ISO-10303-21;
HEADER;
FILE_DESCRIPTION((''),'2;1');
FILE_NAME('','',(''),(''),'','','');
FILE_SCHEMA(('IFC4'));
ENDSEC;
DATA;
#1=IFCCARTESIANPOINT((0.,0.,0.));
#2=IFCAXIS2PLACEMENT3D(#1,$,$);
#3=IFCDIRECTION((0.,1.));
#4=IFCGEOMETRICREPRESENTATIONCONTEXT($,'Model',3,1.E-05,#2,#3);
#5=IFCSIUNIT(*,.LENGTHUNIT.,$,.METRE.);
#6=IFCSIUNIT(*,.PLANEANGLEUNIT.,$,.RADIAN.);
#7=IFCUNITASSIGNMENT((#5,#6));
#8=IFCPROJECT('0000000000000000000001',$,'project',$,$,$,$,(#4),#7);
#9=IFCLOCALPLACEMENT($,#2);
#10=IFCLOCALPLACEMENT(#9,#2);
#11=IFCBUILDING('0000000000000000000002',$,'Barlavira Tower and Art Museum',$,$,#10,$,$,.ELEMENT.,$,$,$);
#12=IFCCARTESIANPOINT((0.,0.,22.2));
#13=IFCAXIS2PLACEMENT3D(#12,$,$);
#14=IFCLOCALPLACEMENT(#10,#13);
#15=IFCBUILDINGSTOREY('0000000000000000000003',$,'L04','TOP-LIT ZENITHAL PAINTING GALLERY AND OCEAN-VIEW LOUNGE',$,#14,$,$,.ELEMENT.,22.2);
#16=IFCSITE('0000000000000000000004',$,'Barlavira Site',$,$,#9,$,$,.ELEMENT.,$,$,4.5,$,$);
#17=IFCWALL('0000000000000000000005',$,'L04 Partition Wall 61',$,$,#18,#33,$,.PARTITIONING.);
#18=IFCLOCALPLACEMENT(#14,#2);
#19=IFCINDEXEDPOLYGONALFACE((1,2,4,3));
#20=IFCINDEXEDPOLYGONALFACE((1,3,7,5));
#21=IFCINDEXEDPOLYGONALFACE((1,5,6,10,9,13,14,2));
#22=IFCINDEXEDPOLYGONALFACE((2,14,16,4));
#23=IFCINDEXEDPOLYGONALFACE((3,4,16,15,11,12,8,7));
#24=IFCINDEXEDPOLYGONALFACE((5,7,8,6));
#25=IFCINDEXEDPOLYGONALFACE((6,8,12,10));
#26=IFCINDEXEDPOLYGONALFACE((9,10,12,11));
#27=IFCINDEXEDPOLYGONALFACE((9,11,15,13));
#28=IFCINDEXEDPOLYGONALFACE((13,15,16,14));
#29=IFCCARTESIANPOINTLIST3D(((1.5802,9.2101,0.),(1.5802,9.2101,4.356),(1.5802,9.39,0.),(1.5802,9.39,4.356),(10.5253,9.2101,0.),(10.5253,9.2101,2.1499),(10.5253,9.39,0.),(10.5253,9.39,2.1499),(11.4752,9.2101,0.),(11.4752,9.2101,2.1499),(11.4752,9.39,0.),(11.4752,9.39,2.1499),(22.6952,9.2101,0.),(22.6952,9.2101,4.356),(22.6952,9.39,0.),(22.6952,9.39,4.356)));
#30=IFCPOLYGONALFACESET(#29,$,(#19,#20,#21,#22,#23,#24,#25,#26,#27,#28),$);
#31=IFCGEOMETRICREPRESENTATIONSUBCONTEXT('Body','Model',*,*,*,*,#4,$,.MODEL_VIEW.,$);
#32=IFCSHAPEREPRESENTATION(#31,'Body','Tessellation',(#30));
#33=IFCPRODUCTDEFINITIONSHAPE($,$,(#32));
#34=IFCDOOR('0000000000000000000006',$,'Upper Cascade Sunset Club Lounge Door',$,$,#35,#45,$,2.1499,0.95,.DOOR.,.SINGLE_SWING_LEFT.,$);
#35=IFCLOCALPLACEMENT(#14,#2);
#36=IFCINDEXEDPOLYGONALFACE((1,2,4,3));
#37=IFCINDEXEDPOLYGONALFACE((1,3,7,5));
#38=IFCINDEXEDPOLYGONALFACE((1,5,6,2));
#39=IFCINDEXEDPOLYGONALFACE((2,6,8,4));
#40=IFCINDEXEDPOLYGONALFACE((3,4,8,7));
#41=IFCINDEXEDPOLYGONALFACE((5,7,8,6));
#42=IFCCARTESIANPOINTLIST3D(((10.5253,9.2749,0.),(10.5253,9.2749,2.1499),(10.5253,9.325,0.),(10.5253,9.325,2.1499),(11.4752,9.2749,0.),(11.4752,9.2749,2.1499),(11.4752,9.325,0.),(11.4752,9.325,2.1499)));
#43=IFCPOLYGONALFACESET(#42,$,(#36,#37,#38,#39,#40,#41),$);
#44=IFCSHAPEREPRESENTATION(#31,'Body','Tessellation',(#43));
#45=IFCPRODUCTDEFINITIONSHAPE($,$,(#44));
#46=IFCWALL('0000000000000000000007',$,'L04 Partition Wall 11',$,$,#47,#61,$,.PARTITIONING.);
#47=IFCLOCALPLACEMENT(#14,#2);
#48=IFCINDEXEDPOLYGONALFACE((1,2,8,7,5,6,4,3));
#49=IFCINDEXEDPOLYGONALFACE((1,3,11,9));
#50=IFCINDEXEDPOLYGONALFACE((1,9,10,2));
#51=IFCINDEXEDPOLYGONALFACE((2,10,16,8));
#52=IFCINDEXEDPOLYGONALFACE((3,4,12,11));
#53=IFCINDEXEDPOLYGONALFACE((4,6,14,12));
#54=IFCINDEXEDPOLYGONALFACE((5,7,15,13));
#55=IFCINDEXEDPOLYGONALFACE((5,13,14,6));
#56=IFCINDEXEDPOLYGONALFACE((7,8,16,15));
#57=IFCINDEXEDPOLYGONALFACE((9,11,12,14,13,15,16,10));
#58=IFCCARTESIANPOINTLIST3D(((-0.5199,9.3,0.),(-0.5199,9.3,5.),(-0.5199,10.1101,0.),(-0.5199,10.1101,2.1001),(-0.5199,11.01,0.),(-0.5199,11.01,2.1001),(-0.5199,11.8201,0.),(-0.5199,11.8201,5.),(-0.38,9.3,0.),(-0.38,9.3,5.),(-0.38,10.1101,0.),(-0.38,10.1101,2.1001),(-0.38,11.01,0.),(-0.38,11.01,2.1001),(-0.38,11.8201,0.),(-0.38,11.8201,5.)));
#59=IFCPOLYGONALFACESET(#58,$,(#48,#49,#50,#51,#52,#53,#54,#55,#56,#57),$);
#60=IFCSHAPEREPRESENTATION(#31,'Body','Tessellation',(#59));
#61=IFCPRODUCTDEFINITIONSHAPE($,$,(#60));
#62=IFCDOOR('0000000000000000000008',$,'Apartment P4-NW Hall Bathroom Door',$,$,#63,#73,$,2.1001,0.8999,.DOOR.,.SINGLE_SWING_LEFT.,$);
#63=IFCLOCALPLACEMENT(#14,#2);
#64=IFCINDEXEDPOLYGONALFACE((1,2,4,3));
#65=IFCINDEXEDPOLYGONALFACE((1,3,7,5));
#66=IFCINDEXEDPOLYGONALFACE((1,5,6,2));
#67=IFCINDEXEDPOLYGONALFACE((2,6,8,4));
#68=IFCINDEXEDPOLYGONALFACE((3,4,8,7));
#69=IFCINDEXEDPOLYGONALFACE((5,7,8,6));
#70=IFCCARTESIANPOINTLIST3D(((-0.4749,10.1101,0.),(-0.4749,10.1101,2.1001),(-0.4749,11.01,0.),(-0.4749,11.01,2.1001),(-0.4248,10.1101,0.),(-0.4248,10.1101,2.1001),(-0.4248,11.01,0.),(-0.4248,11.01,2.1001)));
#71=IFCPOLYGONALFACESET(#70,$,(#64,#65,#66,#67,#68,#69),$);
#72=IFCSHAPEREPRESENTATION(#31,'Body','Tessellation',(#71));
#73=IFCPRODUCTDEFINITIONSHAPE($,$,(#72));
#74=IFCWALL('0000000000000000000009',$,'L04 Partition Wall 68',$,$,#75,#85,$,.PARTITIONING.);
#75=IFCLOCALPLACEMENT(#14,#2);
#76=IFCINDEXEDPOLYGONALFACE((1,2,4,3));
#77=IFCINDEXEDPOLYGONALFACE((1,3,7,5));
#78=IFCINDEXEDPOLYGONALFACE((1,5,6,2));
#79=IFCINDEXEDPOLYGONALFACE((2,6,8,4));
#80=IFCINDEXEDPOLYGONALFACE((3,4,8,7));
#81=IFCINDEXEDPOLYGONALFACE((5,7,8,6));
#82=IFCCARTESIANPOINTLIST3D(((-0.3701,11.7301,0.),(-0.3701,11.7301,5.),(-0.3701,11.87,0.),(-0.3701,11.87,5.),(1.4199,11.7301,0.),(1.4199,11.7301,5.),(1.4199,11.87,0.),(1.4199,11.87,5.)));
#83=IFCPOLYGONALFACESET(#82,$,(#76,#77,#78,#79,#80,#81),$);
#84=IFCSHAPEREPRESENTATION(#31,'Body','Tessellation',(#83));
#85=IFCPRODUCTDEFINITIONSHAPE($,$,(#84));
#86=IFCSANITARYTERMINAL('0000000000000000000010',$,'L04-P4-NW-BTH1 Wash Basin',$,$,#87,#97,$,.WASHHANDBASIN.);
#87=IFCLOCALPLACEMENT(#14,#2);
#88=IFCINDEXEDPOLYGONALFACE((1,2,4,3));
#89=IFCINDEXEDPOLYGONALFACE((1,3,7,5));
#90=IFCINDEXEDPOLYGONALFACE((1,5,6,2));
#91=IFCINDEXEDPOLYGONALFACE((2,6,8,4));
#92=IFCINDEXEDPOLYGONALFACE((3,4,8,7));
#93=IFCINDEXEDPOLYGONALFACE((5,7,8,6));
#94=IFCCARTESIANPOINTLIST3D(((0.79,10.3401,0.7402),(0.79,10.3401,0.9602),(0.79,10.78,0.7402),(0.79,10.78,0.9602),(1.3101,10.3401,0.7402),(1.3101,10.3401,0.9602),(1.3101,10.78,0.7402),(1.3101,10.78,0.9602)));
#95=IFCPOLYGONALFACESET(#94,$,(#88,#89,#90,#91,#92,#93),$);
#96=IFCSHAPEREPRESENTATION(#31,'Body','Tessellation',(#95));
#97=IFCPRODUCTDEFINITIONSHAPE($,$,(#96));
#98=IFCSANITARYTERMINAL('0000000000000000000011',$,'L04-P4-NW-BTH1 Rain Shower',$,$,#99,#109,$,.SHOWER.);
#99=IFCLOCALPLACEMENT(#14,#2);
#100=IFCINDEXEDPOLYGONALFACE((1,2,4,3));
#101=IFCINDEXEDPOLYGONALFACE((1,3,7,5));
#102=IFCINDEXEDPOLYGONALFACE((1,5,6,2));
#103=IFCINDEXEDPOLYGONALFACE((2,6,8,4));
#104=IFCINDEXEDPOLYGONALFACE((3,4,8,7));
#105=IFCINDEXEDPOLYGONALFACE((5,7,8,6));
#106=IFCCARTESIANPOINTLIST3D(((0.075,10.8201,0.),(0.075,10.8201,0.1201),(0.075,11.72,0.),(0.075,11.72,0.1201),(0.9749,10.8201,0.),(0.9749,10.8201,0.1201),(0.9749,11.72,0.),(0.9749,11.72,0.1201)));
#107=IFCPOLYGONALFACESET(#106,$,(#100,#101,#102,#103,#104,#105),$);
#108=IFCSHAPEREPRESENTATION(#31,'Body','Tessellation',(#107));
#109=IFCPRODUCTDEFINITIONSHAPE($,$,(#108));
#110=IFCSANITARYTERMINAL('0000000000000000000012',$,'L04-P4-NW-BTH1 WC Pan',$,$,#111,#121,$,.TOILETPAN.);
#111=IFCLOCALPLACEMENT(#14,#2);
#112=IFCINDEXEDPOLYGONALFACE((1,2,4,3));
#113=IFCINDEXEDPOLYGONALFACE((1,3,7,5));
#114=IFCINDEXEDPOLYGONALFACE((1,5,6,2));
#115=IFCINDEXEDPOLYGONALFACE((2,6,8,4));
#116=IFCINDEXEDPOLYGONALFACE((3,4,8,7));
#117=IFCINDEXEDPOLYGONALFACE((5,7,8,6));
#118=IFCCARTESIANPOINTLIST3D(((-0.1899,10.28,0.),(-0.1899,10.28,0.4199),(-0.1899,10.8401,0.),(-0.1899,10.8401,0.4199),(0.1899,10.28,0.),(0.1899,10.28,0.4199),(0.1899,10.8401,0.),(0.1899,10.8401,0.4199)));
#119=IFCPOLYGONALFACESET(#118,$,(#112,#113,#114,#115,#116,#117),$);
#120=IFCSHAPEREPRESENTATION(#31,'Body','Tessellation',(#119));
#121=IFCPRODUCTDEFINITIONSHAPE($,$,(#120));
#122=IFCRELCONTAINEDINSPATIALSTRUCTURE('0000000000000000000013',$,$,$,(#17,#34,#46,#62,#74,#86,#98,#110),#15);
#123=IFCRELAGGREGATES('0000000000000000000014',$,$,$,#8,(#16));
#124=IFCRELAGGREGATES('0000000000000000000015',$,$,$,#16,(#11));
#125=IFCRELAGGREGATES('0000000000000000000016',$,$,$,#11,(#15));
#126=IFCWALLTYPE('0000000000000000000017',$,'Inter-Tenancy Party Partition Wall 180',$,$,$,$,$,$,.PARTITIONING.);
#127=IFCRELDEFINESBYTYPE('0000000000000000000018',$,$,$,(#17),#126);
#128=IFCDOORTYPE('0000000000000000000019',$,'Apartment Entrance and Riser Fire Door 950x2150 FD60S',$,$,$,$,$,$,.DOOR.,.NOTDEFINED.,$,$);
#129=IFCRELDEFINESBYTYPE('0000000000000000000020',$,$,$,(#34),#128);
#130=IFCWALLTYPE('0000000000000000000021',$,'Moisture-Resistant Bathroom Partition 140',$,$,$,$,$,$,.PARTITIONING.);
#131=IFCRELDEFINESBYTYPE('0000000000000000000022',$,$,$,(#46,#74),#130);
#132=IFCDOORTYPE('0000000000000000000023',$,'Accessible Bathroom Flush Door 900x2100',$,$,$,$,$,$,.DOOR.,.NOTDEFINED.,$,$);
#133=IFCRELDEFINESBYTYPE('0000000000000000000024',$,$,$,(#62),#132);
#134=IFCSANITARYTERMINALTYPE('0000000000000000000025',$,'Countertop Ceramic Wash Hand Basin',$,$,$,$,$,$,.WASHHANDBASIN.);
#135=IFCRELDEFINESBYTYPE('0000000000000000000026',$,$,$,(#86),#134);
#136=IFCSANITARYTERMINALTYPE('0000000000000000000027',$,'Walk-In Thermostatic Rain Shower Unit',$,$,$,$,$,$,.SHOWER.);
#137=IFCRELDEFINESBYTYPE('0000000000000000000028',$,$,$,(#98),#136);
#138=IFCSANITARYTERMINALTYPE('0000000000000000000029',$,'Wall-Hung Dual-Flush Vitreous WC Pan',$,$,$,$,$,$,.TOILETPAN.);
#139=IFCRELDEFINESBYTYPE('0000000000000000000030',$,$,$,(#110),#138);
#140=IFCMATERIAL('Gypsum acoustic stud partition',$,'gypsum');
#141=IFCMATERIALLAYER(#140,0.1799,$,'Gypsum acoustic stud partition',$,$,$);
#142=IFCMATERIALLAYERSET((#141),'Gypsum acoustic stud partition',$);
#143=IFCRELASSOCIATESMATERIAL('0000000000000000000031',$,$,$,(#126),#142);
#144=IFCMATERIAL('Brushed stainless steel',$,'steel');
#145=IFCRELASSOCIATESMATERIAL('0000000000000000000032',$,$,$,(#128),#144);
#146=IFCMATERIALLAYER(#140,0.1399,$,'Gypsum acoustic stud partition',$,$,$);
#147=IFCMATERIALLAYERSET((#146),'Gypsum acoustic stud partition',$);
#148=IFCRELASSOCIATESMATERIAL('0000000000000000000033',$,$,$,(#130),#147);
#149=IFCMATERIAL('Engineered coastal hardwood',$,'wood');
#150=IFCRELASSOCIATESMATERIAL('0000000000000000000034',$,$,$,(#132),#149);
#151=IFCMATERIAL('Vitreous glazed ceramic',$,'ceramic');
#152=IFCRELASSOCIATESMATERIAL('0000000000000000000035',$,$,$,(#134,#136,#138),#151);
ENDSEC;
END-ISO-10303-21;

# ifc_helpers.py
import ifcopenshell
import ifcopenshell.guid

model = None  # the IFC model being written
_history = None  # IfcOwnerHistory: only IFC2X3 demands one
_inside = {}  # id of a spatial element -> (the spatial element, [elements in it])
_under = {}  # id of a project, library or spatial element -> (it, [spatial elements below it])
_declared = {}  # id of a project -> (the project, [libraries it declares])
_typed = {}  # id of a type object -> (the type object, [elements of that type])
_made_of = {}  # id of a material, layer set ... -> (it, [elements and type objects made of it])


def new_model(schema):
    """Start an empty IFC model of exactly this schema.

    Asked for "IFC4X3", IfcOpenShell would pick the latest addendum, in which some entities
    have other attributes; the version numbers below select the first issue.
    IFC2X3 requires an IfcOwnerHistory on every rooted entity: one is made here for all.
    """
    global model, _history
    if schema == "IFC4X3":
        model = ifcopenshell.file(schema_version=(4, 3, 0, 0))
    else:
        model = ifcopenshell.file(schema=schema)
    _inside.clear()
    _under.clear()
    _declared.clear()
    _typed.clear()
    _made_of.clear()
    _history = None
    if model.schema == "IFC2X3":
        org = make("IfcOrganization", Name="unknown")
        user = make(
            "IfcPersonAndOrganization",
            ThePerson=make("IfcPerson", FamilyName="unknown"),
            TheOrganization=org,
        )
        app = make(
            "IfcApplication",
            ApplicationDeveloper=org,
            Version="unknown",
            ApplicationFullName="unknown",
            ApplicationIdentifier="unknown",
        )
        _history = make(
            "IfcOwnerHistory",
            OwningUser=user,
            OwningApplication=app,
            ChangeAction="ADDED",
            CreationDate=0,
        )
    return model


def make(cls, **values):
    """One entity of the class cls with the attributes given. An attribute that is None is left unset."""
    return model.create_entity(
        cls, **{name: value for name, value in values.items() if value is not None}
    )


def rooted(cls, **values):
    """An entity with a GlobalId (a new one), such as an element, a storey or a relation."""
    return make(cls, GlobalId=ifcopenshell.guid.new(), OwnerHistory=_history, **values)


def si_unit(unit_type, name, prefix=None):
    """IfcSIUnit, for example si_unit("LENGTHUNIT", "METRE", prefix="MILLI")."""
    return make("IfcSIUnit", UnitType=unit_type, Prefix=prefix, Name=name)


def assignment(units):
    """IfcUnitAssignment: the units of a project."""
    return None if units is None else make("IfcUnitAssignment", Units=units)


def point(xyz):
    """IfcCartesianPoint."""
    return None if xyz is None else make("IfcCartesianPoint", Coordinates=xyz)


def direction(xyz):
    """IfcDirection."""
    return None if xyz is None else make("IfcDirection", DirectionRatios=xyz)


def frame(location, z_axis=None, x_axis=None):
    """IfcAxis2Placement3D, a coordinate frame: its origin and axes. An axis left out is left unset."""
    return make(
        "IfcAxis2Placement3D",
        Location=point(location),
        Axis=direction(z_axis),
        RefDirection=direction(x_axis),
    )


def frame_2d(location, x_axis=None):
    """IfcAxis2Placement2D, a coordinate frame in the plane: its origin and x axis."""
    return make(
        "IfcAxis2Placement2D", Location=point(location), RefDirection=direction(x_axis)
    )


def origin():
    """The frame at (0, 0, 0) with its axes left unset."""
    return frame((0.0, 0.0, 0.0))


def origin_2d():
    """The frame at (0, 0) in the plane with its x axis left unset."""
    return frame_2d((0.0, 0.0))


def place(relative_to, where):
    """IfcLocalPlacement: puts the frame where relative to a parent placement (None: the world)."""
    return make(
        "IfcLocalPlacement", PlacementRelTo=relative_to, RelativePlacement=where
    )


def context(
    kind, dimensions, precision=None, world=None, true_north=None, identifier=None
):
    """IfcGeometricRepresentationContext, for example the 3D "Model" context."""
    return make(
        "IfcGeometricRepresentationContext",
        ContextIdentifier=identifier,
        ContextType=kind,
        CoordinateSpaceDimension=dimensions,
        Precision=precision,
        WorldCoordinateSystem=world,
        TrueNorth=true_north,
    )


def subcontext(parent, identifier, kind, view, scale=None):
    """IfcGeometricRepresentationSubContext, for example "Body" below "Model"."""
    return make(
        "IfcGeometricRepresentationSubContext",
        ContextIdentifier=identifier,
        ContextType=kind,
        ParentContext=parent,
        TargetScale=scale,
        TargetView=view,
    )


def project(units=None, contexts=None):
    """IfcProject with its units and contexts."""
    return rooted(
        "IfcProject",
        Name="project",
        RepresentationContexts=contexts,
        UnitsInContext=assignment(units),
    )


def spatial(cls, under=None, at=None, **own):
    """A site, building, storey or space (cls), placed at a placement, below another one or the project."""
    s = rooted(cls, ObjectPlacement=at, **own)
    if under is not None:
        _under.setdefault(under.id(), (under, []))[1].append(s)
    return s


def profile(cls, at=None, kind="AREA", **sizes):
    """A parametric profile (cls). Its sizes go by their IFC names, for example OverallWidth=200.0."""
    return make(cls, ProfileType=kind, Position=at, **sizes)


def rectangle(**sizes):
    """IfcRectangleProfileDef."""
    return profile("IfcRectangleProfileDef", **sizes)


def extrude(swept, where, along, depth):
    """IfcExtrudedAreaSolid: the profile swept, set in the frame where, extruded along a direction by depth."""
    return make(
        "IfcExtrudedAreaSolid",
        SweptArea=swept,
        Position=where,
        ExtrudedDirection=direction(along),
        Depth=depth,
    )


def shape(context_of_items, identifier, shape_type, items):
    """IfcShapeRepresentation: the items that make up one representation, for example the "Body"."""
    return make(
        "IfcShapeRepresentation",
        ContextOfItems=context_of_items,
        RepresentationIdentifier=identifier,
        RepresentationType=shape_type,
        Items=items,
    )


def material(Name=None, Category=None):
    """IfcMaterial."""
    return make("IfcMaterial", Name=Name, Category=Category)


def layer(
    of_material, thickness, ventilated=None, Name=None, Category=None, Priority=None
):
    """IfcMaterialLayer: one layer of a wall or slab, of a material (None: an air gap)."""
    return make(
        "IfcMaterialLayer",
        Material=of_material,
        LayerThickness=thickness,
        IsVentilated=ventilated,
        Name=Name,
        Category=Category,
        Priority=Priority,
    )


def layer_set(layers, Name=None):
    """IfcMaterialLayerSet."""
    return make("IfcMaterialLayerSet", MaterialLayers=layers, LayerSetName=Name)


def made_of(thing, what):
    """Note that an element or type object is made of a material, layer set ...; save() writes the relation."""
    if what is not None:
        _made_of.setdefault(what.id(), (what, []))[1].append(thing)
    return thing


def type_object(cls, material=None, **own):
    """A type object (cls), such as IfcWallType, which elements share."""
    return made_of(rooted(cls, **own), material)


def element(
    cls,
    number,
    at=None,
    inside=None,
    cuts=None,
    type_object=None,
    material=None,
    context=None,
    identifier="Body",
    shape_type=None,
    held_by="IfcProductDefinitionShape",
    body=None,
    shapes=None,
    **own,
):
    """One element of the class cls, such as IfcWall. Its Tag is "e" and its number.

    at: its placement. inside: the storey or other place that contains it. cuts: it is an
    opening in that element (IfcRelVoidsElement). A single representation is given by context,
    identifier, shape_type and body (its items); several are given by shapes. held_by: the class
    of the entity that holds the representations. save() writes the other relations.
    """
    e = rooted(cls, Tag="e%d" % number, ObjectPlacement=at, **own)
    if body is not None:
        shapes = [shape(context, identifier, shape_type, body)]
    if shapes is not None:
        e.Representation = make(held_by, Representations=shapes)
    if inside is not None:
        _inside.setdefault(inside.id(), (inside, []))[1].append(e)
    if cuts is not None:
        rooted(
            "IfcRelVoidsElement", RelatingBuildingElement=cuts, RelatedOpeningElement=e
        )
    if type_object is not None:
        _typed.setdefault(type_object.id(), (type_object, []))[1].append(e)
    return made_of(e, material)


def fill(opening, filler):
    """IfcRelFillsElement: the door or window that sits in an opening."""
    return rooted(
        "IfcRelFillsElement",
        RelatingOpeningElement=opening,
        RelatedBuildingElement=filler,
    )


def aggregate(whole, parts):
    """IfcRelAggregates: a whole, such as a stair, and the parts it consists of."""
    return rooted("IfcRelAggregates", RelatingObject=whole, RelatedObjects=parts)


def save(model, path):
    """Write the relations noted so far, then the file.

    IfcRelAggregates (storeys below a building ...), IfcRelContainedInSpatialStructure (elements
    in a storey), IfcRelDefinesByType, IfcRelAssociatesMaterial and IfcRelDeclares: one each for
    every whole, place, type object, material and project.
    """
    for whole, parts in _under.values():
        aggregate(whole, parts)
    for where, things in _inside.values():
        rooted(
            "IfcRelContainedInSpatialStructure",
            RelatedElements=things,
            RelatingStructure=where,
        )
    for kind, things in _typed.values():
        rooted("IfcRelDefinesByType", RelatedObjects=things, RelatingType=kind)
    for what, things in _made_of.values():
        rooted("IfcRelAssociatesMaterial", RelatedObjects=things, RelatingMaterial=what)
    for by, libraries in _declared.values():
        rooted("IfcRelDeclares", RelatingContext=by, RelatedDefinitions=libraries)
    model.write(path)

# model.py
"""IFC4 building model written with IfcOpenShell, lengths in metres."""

from ifc_helpers import new_model, si_unit, direction, frame, frame_2d, origin, origin_2d, place, context, subcontext, project, spatial, rectangle, extrude, material, layer, layer_set, type_object, element, fill, save


model = new_model("IFC4")

# Units and contexts
model_context = context("Model", 3, precision=1e-05, world=origin(), true_north=direction((0.0, 1.0)))
body_context = subcontext(model_context, "Body", "Model", "MODEL_VIEW")
ifc_project = project(units=[si_unit("LENGTHUNIT", "METRE"), si_unit("PLANEANGLEUNIT", "RADIAN")], contexts=[model_context])

# Site, building, storey
site_placement = place(None, origin())
site = spatial("IfcSite", under=ifc_project, at=site_placement, Name="Barlavira Site", CompositionType="ELEMENT", RefElevation=4.5)
building_placement = place(site_placement, origin())
building = spatial("IfcBuilding", under=site, at=building_placement, Name="Barlavira Tower and Art Museum", CompositionType="ELEMENT")
storey_placement = place(building_placement, frame((0.0, 0.0, 22.2)))
storey = spatial("IfcBuildingStorey", under=building, at=storey_placement, Name="L04", Description="TOP-LIT ZENITHAL PAINTING GALLERY AND OCEAN-VIEW LOUNGE", CompositionType="ELEMENT", Elevation=22.2)

# Shared definitions
ifc_material_1 = material(Name="Gypsum acoustic stud partition", Category="gypsum")
ifc_layer_1 = layer(ifc_material_1, 0.1799, Name="Gypsum acoustic stud partition")
ifc_layer_set_1 = layer_set([ifc_layer_1], Name="Gypsum acoustic stud partition")
wall_type_1 = type_object("IfcWallType", Name="Inter-Tenancy Party Partition Wall 180", PredefinedType="PARTITIONING", material=ifc_layer_set_1)

# Walls, openings, doors
wall_1_placement = place(storey_placement, frame((1.5801, 9.3, 0.0), z_axis=(0.0, 0.0, 1.0), x_axis=(1.0, 0.0, 0.0)))
wall_1 = element("IfcWall", 1, at=wall_1_placement, inside=storey, type_object=wall_type_1, Name="L04 Partition Wall 61", PredefinedType="PARTITIONING", context=body_context, shape_type="SweptSolid", body=[
    extrude(rectangle(XDim=21.115, YDim=0.1799, at=frame_2d((10.5576, 0.0))), origin(), (0.0, 0.0, 1.0), 4.356),
])
opening_1_placement = place(wall_1_placement, frame((8.9451, 0.0, 0.0)))
opening_1 = element("IfcOpeningElement", 2, at=opening_1_placement, cuts=wall_1, PredefinedType="OPENING", context=body_context, shape_type="SweptSolid", body=[
    extrude(rectangle(XDim=0.95, YDim=2.1499, at=frame_2d((0.4751, 1.075))), frame((0.0, 0.1001, 0.0), z_axis=(0.0, -1.0, 0.0), x_axis=(1.0, 0.0, 0.0)), (0.0, 0.0, 1.0), 0.2),
])
ifc_material_2 = material(Name="Brushed stainless steel", Category="steel")
door_type_1 = type_object("IfcDoorType", Name="Apartment Entrance and Riser Fire Door 950x2150 FD60S", OperationType="NOTDEFINED", PredefinedType="DOOR", material=ifc_material_2)
door_1_placement = place(opening_1_placement, origin())
door_1 = element("IfcDoor", 3, at=door_1_placement, inside=storey, type_object=door_type_1, Name="Upper Cascade Sunset Club Lounge Door", OperationType="SINGLE_SWING_LEFT", OverallHeight=2.1499, OverallWidth=0.95, PredefinedType="DOOR", context=body_context, shape_type="SweptSolid", body=[
    extrude(rectangle(XDim=0.95, YDim=2.1499, at=frame_2d((0.4751, 1.075))), frame((0.0, 0.0249, 0.0), z_axis=(0.0, -1.0, 0.0), x_axis=(1.0, 0.0, 0.0)), (0.0, 0.0, 1.0), 0.05),
])
fill(opening_1, door_1)
ifc_layer_2 = layer(ifc_material_1, 0.1399, Name="Gypsum acoustic stud partition")
ifc_layer_set_2 = layer_set([ifc_layer_2], Name="Gypsum acoustic stud partition")
wall_type_2 = type_object("IfcWallType", Name="Moisture-Resistant Bathroom Partition 140", PredefinedType="PARTITIONING", material=ifc_layer_set_2)
wall_2_placement = place(storey_placement, frame((-0.45, 9.3, 0.0), z_axis=(0.0, 0.0, 1.0), x_axis=(0.0, 1.0, 0.0)))
wall_2 = element("IfcWall", 4, at=wall_2_placement, inside=storey, type_object=wall_type_2, Name="L04 Partition Wall 11", PredefinedType="PARTITIONING", context=body_context, shape_type="SweptSolid", body=[
    extrude(rectangle(XDim=2.52, YDim=0.1399, at=frame_2d((1.26, 0.0))), origin(), (0.0, 0.0, 1.0), 5.0),
])
opening_2_placement = place(wall_2_placement, frame((0.8101, 0.0, 0.0)))
opening_2 = element("IfcOpeningElement", 5, at=opening_2_placement, cuts=wall_2, PredefinedType="OPENING", context=body_context, shape_type="SweptSolid", body=[
    extrude(rectangle(XDim=0.8999, YDim=2.1001, at=frame_2d((0.45, 1.05))), frame((0.0, 0.0801, 0.0), z_axis=(0.0, -1.0, 0.0), x_axis=(1.0, 0.0, 0.0)), (0.0, 0.0, 1.0), 0.1599),
])
ifc_material_3 = material(Name="Engineered coastal hardwood", Category="wood")
door_type_2 = type_object("IfcDoorType", Name="Accessible Bathroom Flush Door 900x2100", OperationType="NOTDEFINED", PredefinedType="DOOR", material=ifc_material_3)
door_2_placement = place(opening_2_placement, origin())
door_2 = element("IfcDoor", 6, at=door_2_placement, inside=storey, type_object=door_type_2, Name="Apartment P4-NW Hall Bathroom Door", OperationType="SINGLE_SWING_LEFT", OverallHeight=2.1001, OverallWidth=0.8999, PredefinedType="DOOR", context=body_context, shape_type="SweptSolid", body=[
    extrude(rectangle(XDim=0.8999, YDim=2.1001, at=frame_2d((0.45, 1.05))), frame((0.0, 0.0249, 0.0), z_axis=(0.0, -1.0, 0.0), x_axis=(1.0, 0.0, 0.0)), (0.0, 0.0, 1.0), 0.05),
])
fill(opening_2, door_2)

# Wall
wall_3_placement = place(storey_placement, frame((-0.3701, 11.8, 0.0), z_axis=(0.0, 0.0, 1.0), x_axis=(1.0, 0.0, 0.0)))
element("IfcWall", 7, at=wall_3_placement, inside=storey, type_object=wall_type_2, Name="L04 Partition Wall 68", PredefinedType="PARTITIONING", context=body_context, shape_type="SweptSolid", body=[
    extrude(rectangle(XDim=1.79, YDim=0.1399, at=frame_2d((0.895, 0.0))), origin(), (0.0, 0.0, 1.0), 5.0),
])

# Sanitary terminals
ifc_material_4 = material(Name="Vitreous glazed ceramic", Category="ceramic")
sanitary_terminal_type_1 = type_object("IfcSanitaryTerminalType", Name="Countertop Ceramic Wash Hand Basin", PredefinedType="WASHHANDBASIN", material=ifc_material_4)
sanitary_terminal_1_placement = place(storey_placement, frame((1.05, 10.5601, 0.7402), z_axis=(0.0, 0.0, 1.0), x_axis=(1.0, 0.0, 0.0)))
element("IfcSanitaryTerminal", 8, at=sanitary_terminal_1_placement, inside=storey, type_object=sanitary_terminal_type_1, Name="L04-P4-NW-BTH1 Wash Basin", PredefinedType="WASHHANDBASIN", context=body_context, shape_type="SweptSolid", body=[
    extrude(rectangle(XDim=0.52, YDim=0.4399, at=origin_2d()), origin(), (0.0, 0.0, 1.0), 0.22),
])
sanitary_terminal_type_2 = type_object("IfcSanitaryTerminalType", Name="Walk-In Thermostatic Rain Shower Unit", PredefinedType="SHOWER", material=ifc_material_4)
sanitary_terminal_2_placement = place(storey_placement, frame((0.5249, 11.27, 0.0), z_axis=(0.0, 0.0, 1.0), x_axis=(1.0, 0.0, 0.0)))
element("IfcSanitaryTerminal", 9, at=sanitary_terminal_2_placement, inside=storey, type_object=sanitary_terminal_type_2, Name="L04-P4-NW-BTH1 Rain Shower", PredefinedType="SHOWER", context=body_context, shape_type="SweptSolid", body=[
    extrude(rectangle(XDim=0.8999, YDim=0.8999, at=origin_2d()), origin(), (0.0, 0.0, 1.0), 0.1201),
])
sanitary_terminal_type_3 = type_object("IfcSanitaryTerminalType", Name="Wall-Hung Dual-Flush Vitreous WC Pan", PredefinedType="TOILETPAN", material=ifc_material_4)
sanitary_terminal_3_placement = place(storey_placement, frame((0.0, 10.5601, 0.0), z_axis=(0.0, 0.0, 1.0), x_axis=(1.0, 0.0, 0.0)))
element("IfcSanitaryTerminal", 10, at=sanitary_terminal_3_placement, inside=storey, type_object=sanitary_terminal_type_3, Name="L04-P4-NW-BTH1 WC Pan", PredefinedType="TOILETPAN", context=body_context, shape_type="SweptSolid", body=[
    extrude(rectangle(XDim=0.3799, YDim=0.5601, at=origin_2d()), origin(), (0.0, 0.0, 1.0), 0.4199),
])

save(model, "model.ifc")
